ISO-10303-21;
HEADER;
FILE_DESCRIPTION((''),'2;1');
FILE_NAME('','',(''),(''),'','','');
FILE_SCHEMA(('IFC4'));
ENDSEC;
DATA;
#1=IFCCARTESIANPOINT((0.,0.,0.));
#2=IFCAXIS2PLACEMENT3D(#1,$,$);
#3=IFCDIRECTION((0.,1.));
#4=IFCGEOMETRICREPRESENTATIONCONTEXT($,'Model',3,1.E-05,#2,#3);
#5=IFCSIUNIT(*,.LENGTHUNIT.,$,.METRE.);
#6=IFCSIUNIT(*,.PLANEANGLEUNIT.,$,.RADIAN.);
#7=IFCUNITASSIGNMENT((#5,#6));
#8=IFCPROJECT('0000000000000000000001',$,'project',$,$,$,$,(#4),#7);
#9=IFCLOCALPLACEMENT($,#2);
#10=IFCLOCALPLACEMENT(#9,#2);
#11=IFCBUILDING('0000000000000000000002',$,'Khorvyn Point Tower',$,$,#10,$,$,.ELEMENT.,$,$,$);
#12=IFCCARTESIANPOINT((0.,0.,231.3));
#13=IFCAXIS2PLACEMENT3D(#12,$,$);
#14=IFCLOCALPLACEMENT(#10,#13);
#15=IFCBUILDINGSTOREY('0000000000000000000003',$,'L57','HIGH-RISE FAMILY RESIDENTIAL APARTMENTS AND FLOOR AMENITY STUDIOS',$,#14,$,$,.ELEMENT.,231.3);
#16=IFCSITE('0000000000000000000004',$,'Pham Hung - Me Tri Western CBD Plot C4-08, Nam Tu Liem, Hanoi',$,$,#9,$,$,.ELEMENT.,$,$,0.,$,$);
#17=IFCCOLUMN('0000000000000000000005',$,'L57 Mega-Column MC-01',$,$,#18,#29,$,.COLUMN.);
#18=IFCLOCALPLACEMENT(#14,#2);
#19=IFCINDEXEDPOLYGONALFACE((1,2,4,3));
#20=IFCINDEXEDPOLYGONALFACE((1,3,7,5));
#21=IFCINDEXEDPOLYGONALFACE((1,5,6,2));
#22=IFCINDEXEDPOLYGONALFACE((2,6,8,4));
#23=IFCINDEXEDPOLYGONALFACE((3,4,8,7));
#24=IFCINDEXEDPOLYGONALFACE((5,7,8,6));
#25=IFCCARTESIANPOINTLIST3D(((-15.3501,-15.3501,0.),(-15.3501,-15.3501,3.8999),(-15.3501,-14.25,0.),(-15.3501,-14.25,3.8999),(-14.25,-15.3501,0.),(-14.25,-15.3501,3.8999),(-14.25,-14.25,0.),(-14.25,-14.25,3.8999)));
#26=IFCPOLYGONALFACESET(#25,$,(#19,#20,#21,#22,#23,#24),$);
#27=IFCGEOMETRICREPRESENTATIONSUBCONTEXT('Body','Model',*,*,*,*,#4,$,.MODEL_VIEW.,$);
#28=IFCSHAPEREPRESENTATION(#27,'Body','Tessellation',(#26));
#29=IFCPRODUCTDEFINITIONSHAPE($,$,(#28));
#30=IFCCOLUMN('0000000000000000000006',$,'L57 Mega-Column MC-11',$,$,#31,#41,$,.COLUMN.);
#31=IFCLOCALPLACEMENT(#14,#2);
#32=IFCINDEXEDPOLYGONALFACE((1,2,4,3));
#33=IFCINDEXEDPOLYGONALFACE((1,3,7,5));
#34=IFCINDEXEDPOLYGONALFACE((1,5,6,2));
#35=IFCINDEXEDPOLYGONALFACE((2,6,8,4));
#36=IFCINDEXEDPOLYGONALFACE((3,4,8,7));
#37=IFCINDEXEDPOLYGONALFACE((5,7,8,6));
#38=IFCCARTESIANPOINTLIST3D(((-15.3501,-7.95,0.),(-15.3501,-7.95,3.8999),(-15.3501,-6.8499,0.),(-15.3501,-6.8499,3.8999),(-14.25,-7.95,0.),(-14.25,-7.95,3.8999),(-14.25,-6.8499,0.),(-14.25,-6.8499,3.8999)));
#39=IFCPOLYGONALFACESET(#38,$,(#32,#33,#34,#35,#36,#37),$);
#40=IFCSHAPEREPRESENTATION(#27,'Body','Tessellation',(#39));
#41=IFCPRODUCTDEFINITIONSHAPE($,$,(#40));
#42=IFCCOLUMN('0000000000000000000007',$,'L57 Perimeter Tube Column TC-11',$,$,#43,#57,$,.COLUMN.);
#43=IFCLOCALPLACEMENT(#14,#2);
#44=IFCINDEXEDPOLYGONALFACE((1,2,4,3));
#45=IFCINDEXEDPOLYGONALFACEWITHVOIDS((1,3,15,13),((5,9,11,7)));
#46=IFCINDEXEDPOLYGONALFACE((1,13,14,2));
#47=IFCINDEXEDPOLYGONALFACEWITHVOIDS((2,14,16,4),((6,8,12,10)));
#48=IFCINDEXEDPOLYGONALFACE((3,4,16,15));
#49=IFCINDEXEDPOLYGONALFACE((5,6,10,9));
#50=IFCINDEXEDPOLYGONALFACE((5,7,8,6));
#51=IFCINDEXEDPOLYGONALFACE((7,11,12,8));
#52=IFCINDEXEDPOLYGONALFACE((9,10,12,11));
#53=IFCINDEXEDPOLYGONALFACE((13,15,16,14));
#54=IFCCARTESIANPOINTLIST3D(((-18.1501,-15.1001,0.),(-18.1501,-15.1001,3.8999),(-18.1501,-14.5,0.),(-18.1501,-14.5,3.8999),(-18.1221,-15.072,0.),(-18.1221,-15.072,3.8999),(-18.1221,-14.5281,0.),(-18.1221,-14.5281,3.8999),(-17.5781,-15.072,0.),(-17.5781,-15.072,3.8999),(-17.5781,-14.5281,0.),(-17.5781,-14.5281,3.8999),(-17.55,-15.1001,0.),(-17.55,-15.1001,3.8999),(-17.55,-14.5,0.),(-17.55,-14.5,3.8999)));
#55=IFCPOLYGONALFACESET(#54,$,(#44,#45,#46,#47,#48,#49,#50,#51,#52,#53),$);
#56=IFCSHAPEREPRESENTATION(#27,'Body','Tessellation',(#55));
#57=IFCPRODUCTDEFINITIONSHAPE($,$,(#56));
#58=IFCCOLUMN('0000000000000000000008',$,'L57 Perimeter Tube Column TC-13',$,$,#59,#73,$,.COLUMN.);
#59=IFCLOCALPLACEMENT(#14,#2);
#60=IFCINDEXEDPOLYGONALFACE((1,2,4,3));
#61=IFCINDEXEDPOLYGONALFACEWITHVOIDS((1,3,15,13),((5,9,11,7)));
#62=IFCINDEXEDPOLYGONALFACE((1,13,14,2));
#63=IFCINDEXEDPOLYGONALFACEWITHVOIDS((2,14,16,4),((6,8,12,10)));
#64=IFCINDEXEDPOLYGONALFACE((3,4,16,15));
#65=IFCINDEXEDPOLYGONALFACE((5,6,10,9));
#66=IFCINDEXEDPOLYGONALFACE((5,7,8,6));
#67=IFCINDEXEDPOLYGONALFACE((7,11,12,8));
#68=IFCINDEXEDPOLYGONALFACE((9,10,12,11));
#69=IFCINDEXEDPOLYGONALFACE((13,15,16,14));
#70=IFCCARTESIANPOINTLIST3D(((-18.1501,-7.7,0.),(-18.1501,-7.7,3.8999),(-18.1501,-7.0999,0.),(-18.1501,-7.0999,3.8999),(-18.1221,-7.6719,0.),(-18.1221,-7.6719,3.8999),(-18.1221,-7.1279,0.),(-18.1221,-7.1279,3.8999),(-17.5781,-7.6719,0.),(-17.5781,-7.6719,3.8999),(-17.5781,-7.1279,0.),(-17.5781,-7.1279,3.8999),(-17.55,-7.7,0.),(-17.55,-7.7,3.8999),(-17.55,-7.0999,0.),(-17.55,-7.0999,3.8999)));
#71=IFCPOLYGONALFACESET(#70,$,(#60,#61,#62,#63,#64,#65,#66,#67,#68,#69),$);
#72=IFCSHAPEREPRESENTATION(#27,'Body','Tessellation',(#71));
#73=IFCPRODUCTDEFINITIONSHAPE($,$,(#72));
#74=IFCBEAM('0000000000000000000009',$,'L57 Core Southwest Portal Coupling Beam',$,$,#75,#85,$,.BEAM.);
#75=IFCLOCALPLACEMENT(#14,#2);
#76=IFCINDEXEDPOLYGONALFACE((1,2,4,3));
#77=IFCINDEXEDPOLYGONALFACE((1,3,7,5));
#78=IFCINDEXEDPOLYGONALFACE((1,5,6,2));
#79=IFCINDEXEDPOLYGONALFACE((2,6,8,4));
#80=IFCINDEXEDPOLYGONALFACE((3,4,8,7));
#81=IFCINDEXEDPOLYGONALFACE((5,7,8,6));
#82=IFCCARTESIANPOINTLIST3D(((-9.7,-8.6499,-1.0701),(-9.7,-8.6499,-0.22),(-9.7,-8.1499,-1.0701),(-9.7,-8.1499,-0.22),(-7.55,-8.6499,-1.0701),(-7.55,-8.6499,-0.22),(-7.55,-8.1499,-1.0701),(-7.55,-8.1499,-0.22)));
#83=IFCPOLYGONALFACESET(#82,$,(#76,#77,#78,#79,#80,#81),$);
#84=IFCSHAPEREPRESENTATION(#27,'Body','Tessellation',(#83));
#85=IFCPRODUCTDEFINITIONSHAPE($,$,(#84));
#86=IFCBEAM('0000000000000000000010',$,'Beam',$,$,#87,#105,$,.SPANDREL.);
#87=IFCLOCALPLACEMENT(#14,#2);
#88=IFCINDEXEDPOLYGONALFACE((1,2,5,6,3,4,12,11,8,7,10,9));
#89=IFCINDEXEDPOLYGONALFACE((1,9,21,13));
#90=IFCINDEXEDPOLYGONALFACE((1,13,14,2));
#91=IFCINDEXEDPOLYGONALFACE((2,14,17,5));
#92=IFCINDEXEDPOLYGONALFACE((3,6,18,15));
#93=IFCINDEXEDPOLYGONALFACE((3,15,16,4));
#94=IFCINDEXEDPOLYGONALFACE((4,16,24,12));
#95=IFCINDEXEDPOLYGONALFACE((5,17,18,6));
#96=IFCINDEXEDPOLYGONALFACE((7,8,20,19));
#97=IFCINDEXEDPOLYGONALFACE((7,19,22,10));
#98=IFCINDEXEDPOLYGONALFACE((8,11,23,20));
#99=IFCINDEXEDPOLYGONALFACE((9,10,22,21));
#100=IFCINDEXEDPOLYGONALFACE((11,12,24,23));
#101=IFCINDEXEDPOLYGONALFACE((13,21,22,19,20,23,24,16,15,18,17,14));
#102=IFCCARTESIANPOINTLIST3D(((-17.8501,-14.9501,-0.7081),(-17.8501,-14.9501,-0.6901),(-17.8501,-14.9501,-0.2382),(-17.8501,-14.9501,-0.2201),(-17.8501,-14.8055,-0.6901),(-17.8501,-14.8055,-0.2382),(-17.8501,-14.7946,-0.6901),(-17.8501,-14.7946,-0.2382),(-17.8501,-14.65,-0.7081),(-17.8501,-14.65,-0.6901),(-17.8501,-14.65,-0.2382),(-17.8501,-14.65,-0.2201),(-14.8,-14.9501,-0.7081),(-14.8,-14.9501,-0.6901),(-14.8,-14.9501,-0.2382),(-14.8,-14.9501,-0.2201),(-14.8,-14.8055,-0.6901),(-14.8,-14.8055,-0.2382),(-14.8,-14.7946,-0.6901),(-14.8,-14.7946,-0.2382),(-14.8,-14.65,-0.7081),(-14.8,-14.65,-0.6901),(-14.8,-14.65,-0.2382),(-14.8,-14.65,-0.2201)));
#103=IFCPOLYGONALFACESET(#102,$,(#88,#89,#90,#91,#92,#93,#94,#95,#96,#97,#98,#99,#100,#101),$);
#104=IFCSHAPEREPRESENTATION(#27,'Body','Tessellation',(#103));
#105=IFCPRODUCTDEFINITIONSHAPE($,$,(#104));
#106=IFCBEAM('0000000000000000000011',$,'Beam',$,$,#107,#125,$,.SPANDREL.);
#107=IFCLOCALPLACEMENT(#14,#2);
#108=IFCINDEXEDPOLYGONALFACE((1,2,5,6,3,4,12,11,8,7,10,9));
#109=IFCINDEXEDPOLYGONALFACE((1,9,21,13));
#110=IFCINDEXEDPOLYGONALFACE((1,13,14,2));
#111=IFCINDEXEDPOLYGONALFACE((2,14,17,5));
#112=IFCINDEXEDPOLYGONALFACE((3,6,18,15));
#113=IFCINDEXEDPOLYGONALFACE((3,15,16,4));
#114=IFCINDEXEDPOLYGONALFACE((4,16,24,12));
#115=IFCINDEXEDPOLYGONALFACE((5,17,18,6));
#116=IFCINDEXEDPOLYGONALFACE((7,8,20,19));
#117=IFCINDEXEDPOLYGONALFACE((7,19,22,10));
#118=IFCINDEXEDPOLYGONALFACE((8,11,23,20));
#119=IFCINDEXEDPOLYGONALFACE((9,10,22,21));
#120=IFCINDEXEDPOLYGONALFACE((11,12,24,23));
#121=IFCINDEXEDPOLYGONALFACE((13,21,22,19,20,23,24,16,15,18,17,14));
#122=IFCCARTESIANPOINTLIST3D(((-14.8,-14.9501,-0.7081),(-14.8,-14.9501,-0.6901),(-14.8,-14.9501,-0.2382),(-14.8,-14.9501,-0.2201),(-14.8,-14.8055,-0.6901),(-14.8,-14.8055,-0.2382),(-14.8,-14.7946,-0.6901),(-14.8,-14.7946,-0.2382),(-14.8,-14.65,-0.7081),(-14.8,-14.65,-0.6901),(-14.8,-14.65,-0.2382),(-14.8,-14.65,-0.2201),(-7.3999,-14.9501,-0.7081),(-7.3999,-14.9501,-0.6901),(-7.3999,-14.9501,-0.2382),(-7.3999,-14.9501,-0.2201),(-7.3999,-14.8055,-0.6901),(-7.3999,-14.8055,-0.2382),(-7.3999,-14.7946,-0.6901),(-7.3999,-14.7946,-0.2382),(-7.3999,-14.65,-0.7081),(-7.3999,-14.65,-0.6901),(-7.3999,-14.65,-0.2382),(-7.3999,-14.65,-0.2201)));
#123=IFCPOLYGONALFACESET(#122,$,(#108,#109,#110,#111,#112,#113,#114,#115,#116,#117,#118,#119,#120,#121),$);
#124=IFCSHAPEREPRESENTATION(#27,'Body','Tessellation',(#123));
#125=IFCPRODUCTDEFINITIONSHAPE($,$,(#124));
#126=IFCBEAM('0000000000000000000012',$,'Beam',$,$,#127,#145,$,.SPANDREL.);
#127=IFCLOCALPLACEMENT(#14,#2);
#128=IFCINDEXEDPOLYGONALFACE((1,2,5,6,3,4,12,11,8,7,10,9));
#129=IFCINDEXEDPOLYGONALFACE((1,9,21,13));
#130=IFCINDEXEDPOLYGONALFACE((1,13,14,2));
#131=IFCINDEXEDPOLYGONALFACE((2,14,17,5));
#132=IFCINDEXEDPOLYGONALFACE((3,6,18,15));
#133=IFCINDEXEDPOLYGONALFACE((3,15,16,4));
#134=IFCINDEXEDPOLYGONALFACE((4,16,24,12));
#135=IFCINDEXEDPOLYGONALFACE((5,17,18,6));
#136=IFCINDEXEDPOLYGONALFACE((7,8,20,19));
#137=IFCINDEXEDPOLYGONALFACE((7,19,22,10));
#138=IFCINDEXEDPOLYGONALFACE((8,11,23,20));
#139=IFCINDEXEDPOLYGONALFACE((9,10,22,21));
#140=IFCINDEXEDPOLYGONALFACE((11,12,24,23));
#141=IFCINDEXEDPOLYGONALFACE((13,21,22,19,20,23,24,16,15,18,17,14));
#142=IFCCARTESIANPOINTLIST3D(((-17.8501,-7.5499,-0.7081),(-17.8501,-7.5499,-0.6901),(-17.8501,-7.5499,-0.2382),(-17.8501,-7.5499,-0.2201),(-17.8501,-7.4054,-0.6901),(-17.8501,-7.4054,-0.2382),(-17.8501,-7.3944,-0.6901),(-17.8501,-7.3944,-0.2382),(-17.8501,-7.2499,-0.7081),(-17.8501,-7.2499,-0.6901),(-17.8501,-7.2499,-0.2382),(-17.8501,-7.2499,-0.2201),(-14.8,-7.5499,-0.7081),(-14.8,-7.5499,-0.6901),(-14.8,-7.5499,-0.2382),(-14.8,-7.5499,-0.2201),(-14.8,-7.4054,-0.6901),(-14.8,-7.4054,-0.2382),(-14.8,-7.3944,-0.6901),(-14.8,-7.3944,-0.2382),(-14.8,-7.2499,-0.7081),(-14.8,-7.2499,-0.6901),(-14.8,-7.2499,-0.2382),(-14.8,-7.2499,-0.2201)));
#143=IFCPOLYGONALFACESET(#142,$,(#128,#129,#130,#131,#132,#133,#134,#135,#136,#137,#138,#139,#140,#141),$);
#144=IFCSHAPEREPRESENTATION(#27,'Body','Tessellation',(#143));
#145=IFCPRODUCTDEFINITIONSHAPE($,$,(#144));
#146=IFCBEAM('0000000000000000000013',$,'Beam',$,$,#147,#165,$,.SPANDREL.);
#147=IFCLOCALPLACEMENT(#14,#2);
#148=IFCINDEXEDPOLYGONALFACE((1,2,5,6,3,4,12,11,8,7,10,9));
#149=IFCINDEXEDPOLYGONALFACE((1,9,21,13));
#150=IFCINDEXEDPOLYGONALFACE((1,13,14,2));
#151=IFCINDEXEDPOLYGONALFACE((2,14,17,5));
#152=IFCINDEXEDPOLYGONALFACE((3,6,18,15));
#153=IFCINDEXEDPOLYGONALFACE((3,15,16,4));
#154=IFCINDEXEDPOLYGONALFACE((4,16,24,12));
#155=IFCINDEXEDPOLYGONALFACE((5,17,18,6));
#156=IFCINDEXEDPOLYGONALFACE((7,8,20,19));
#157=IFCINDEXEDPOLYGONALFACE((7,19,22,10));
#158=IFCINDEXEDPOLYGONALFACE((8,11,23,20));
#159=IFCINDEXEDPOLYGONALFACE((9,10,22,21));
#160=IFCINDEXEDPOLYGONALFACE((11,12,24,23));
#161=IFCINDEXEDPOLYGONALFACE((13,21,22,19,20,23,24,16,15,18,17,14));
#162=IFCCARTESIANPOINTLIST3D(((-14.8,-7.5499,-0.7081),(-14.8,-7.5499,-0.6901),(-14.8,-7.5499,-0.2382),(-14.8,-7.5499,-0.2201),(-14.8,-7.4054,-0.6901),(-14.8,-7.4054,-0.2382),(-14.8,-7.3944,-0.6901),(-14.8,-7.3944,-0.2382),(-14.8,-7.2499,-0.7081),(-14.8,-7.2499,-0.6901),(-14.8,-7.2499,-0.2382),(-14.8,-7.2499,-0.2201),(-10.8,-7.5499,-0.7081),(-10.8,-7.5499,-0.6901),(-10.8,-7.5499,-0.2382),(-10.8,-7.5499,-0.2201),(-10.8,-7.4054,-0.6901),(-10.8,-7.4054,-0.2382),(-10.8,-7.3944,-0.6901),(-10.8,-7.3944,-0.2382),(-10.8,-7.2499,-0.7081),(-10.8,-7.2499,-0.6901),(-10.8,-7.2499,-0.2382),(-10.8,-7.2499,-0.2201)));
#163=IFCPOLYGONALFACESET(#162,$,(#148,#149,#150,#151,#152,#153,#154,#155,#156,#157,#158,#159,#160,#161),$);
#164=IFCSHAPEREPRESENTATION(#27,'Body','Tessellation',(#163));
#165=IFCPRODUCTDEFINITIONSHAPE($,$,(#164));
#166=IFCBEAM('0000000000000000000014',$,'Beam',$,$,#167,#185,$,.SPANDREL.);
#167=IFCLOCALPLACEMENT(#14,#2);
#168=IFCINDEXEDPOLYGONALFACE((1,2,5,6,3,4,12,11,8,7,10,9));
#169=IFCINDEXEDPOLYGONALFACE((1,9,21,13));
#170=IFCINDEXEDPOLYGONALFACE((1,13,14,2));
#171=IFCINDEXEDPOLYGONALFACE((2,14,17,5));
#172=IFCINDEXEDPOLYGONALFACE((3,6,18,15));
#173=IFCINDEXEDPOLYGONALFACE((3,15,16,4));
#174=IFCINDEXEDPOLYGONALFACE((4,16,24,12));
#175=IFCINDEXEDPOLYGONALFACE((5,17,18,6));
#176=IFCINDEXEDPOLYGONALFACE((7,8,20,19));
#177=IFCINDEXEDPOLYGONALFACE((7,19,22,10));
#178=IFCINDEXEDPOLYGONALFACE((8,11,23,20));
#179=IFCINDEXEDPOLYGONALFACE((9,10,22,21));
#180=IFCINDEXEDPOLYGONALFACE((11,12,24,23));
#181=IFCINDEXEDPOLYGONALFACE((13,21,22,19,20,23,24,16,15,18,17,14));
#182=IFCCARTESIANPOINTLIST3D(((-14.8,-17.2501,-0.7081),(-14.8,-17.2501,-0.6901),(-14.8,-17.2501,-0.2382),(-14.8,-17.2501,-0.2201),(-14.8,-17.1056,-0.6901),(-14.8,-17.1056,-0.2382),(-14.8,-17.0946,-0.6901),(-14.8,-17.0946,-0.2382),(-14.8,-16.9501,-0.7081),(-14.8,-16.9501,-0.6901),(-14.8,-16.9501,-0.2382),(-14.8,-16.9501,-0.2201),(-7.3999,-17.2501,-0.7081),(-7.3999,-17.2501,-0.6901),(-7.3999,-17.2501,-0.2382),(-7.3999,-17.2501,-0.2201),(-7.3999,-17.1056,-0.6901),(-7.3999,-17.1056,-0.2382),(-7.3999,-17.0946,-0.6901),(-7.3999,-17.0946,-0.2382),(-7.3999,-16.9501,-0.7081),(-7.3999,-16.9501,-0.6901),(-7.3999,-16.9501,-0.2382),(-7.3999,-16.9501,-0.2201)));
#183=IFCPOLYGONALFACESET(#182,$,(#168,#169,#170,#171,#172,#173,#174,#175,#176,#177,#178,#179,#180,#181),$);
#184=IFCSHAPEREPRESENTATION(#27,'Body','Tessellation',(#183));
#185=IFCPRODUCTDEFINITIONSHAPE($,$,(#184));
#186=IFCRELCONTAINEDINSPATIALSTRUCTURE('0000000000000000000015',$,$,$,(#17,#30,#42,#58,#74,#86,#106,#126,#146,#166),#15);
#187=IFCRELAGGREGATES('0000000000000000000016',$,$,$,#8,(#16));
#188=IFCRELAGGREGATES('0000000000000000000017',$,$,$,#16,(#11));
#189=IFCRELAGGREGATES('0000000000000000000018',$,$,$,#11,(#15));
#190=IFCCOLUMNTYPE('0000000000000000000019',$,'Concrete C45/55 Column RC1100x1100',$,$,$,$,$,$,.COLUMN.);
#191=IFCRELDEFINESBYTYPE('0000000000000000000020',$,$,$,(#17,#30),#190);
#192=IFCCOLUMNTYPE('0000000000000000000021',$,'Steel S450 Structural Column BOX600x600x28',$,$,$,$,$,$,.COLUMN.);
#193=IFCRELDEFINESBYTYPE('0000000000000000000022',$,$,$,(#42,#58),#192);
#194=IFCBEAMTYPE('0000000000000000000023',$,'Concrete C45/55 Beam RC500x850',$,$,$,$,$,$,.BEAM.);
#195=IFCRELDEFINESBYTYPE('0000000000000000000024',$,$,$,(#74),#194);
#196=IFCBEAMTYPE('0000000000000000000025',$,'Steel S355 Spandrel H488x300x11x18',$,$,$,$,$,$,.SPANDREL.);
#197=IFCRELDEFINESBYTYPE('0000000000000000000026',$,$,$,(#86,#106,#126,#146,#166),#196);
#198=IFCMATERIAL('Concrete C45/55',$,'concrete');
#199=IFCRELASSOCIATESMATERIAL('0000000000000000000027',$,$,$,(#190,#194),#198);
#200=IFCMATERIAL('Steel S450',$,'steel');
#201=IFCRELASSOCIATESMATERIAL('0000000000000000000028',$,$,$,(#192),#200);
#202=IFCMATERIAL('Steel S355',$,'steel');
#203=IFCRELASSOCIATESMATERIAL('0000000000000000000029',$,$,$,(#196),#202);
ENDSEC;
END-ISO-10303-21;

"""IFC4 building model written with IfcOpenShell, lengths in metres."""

from ifc_helpers import new_model, si_unit, direction, frame, origin, origin_2d, place, context, subcontext, project, spatial, rectangle, hollow_rectangle, i_section, extrude, material, material_profile, profile_set, type_object, element, save


model = new_model("IFC4")

# Units and contexts
model_context = context("Model", 3, precision=1e-05, world=origin(), true_north=direction((0.0, 1.0)))
body_context = subcontext(model_context, "Body", "Model", "MODEL_VIEW")
ifc_project = project(units=[si_unit("LENGTHUNIT", "METRE"), si_unit("PLANEANGLEUNIT", "RADIAN")], contexts=[model_context])

# Site, building, storey
site_placement = place(None, origin())
site = spatial("IfcSite", under=ifc_project, at=site_placement, Name="Pham Hung - Me Tri Western CBD Plot C4-08, Nam Tu Liem, Hanoi", CompositionType="ELEMENT", RefElevation=0.0)
building_placement = place(site_placement, origin())
building = spatial("IfcBuilding", under=site, at=building_placement, Name="Khorvyn Point Tower", CompositionType="ELEMENT")
storey_placement = place(building_placement, frame((0.0, 0.0, 231.3)))
storey = spatial("IfcBuildingStorey", under=building, at=storey_placement, Name="L57", Description="HIGH-RISE FAMILY RESIDENTIAL APARTMENTS AND FLOOR AMENITY STUDIOS", CompositionType="ELEMENT", Elevation=231.3)

# Columns
ifc_material_1 = material(Name="Concrete C45/55", Category="concrete")
ifc_material_profile_1 = material_profile(ifc_material_1, rectangle(XDim=1.1001, YDim=1.1001, at=origin_2d()))
ifc_profile_set_1 = profile_set([ifc_material_profile_1], Name="Concrete C45/55 RC1100x1100")
column_type_1 = type_object("IfcColumnType", Name="Concrete C45/55 Column RC1100x1100", PredefinedType="COLUMN", material=ifc_profile_set_1)
for number, where, z_axis, x_axis, name in (
    (1, (-14.8, -14.8, 0.0), (0.0, 0.0, 1.0), (1.0, 0.0, 0.0), "L57 Mega-Column MC-01"),
    (2, (-14.8, -7.3999, 0.0), (0.0, 0.0, 1.0), (1.0, 0.0, 0.0), "L57 Mega-Column MC-11"),
):
    element("IfcColumn", number, at=place(storey_placement, frame(where, z_axis=z_axis, x_axis=x_axis)), inside=storey, type_object=column_type_1, Name=name, PredefinedType="COLUMN", context=body_context, shape_type="SweptSolid", body=[
        extrude(rectangle(XDim=1.1001, YDim=1.1001, at=origin_2d()), origin(), (0.0, 0.0, 1.0), 3.8999),
    ])
ifc_material_2 = material(Name="Steel S450", Category="steel")
ifc_material_profile_2 = material_profile(ifc_material_2, hollow_rectangle(XDim=0.6001, YDim=0.6001, WallThickness=0.0281, at=origin_2d()))
ifc_profile_set_2 = profile_set([ifc_material_profile_2], Name="Steel S450 BOX600x600x28")
column_type_2 = type_object("IfcColumnType", Name="Steel S450 Structural Column BOX600x600x28", PredefinedType="COLUMN", material=ifc_profile_set_2)
for number, where, z_axis, x_axis, name in (
    (3, (-17.8501, -14.8, 0.0), (0.0, 0.0, 1.0), (1.0, 0.0, 0.0), "L57 Perimeter Tube Column TC-11"),
    (4, (-17.8501, -7.3999, 0.0), (0.0, 0.0, 1.0), (1.0, 0.0, 0.0), "L57 Perimeter Tube Column TC-13"),
):
    element("IfcColumn", number, at=place(storey_placement, frame(where, z_axis=z_axis, x_axis=x_axis)), inside=storey, type_object=column_type_2, Name=name, PredefinedType="COLUMN", context=body_context, shape_type="SweptSolid", body=[
        extrude(hollow_rectangle(XDim=0.6001, YDim=0.6001, WallThickness=0.0281, at=origin_2d()), origin(), (0.0, 0.0, 1.0), 3.8999),
    ])

# Beams
ifc_material_profile_3 = material_profile(ifc_material_1, rectangle(XDim=0.5, YDim=0.8501, at=origin_2d()))
ifc_profile_set_3 = profile_set([ifc_material_profile_3], Name="Concrete C45/55 RC500x850")
beam_type_1 = type_object("IfcBeamType", Name="Concrete C45/55 Beam RC500x850", PredefinedType="BEAM", material=ifc_profile_set_3)
beam_1_placement = place(storey_placement, frame((-9.7, -8.3999, -0.645), z_axis=(1.0, 0.0, 0.0), x_axis=(0.0, 1.0, 0.0)))
element("IfcBeam", 5, at=beam_1_placement, inside=storey, type_object=beam_type_1, Name="L57 Core Southwest Portal Coupling Beam", PredefinedType="BEAM", context=body_context, shape_type="SweptSolid", body=[
    extrude(rectangle(XDim=0.5, YDim=0.8501, at=origin_2d()), origin(), (0.0, 0.0, 1.0), 2.1499),
])
ifc_material_3 = material(Name="Steel S355", Category="steel")
ifc_material_profile_4 = material_profile(ifc_material_3, i_section(OverallWidth=0.3, OverallDepth=0.488, WebThickness=0.011, FlangeThickness=0.0181, at=origin_2d()))
ifc_profile_set_4 = profile_set([ifc_material_profile_4], Name="Steel S355 H488x300x11x18")
beam_type_2 = type_object("IfcBeamType", Name="Steel S355 Spandrel H488x300x11x18", PredefinedType="SPANDREL", material=ifc_profile_set_4)
beam_2_placement = place(storey_placement, frame((-17.8501, -14.8, -0.4641), z_axis=(1.0, 0.0, 0.0), x_axis=(0.0, 1.0, 0.0)))
element("IfcBeam", 6, at=beam_2_placement, inside=storey, type_object=beam_type_2, Name="Beam", PredefinedType="SPANDREL", context=body_context, shape_type="SweptSolid", body=[
    extrude(i_section(OverallWidth=0.3, OverallDepth=0.488, WebThickness=0.011, FlangeThickness=0.0181, at=origin_2d()), origin(), (0.0, 0.0, 1.0), 3.05),
])
beam_3_placement = place(storey_placement, frame((-14.8, -14.8, -0.4641), z_axis=(1.0, 0.0, 0.0), x_axis=(0.0, 1.0, 0.0)))
element("IfcBeam", 7, at=beam_3_placement, inside=storey, type_object=beam_type_2, Name="Beam", PredefinedType="SPANDREL", context=body_context, shape_type="SweptSolid", body=[
    extrude(i_section(OverallWidth=0.3, OverallDepth=0.488, WebThickness=0.011, FlangeThickness=0.0181, at=origin_2d()), origin(), (0.0, 0.0, 1.0), 7.4001),
])
beam_4_placement = place(storey_placement, frame((-17.8501, -7.3999, -0.4641), z_axis=(1.0, 0.0, 0.0), x_axis=(0.0, 1.0, 0.0)))
element("IfcBeam", 8, at=beam_4_placement, inside=storey, type_object=beam_type_2, Name="Beam", PredefinedType="SPANDREL", context=body_context, shape_type="SweptSolid", body=[
    extrude(i_section(OverallWidth=0.3, OverallDepth=0.488, WebThickness=0.011, FlangeThickness=0.0181, at=origin_2d()), origin(), (0.0, 0.0, 1.0), 3.05),
])
beam_5_placement = place(storey_placement, frame((-14.8, -7.3999, -0.4641), z_axis=(1.0, 0.0, 0.0), x_axis=(0.0, 1.0, 0.0)))
element("IfcBeam", 9, at=beam_5_placement, inside=storey, type_object=beam_type_2, Name="Beam", PredefinedType="SPANDREL", context=body_context, shape_type="SweptSolid", body=[
    extrude(i_section(OverallWidth=0.3, OverallDepth=0.488, WebThickness=0.011, FlangeThickness=0.0181, at=origin_2d()), origin(), (0.0, 0.0, 1.0), 4.0),
])
beam_6_placement = place(storey_placement, frame((-14.8, -17.1001, -0.4641), z_axis=(1.0, 0.0, 0.0), x_axis=(0.0, 1.0, 0.0)))
element("IfcBeam", 10, at=beam_6_placement, inside=storey, type_object=beam_type_2, Name="Beam", PredefinedType="SPANDREL", context=body_context, shape_type="SweptSolid", body=[
    extrude(i_section(OverallWidth=0.3, OverallDepth=0.488, WebThickness=0.011, FlangeThickness=0.0181, at=origin_2d()), origin(), (0.0, 0.0, 1.0), 7.4001),
])

save(model, "model.ifc")
